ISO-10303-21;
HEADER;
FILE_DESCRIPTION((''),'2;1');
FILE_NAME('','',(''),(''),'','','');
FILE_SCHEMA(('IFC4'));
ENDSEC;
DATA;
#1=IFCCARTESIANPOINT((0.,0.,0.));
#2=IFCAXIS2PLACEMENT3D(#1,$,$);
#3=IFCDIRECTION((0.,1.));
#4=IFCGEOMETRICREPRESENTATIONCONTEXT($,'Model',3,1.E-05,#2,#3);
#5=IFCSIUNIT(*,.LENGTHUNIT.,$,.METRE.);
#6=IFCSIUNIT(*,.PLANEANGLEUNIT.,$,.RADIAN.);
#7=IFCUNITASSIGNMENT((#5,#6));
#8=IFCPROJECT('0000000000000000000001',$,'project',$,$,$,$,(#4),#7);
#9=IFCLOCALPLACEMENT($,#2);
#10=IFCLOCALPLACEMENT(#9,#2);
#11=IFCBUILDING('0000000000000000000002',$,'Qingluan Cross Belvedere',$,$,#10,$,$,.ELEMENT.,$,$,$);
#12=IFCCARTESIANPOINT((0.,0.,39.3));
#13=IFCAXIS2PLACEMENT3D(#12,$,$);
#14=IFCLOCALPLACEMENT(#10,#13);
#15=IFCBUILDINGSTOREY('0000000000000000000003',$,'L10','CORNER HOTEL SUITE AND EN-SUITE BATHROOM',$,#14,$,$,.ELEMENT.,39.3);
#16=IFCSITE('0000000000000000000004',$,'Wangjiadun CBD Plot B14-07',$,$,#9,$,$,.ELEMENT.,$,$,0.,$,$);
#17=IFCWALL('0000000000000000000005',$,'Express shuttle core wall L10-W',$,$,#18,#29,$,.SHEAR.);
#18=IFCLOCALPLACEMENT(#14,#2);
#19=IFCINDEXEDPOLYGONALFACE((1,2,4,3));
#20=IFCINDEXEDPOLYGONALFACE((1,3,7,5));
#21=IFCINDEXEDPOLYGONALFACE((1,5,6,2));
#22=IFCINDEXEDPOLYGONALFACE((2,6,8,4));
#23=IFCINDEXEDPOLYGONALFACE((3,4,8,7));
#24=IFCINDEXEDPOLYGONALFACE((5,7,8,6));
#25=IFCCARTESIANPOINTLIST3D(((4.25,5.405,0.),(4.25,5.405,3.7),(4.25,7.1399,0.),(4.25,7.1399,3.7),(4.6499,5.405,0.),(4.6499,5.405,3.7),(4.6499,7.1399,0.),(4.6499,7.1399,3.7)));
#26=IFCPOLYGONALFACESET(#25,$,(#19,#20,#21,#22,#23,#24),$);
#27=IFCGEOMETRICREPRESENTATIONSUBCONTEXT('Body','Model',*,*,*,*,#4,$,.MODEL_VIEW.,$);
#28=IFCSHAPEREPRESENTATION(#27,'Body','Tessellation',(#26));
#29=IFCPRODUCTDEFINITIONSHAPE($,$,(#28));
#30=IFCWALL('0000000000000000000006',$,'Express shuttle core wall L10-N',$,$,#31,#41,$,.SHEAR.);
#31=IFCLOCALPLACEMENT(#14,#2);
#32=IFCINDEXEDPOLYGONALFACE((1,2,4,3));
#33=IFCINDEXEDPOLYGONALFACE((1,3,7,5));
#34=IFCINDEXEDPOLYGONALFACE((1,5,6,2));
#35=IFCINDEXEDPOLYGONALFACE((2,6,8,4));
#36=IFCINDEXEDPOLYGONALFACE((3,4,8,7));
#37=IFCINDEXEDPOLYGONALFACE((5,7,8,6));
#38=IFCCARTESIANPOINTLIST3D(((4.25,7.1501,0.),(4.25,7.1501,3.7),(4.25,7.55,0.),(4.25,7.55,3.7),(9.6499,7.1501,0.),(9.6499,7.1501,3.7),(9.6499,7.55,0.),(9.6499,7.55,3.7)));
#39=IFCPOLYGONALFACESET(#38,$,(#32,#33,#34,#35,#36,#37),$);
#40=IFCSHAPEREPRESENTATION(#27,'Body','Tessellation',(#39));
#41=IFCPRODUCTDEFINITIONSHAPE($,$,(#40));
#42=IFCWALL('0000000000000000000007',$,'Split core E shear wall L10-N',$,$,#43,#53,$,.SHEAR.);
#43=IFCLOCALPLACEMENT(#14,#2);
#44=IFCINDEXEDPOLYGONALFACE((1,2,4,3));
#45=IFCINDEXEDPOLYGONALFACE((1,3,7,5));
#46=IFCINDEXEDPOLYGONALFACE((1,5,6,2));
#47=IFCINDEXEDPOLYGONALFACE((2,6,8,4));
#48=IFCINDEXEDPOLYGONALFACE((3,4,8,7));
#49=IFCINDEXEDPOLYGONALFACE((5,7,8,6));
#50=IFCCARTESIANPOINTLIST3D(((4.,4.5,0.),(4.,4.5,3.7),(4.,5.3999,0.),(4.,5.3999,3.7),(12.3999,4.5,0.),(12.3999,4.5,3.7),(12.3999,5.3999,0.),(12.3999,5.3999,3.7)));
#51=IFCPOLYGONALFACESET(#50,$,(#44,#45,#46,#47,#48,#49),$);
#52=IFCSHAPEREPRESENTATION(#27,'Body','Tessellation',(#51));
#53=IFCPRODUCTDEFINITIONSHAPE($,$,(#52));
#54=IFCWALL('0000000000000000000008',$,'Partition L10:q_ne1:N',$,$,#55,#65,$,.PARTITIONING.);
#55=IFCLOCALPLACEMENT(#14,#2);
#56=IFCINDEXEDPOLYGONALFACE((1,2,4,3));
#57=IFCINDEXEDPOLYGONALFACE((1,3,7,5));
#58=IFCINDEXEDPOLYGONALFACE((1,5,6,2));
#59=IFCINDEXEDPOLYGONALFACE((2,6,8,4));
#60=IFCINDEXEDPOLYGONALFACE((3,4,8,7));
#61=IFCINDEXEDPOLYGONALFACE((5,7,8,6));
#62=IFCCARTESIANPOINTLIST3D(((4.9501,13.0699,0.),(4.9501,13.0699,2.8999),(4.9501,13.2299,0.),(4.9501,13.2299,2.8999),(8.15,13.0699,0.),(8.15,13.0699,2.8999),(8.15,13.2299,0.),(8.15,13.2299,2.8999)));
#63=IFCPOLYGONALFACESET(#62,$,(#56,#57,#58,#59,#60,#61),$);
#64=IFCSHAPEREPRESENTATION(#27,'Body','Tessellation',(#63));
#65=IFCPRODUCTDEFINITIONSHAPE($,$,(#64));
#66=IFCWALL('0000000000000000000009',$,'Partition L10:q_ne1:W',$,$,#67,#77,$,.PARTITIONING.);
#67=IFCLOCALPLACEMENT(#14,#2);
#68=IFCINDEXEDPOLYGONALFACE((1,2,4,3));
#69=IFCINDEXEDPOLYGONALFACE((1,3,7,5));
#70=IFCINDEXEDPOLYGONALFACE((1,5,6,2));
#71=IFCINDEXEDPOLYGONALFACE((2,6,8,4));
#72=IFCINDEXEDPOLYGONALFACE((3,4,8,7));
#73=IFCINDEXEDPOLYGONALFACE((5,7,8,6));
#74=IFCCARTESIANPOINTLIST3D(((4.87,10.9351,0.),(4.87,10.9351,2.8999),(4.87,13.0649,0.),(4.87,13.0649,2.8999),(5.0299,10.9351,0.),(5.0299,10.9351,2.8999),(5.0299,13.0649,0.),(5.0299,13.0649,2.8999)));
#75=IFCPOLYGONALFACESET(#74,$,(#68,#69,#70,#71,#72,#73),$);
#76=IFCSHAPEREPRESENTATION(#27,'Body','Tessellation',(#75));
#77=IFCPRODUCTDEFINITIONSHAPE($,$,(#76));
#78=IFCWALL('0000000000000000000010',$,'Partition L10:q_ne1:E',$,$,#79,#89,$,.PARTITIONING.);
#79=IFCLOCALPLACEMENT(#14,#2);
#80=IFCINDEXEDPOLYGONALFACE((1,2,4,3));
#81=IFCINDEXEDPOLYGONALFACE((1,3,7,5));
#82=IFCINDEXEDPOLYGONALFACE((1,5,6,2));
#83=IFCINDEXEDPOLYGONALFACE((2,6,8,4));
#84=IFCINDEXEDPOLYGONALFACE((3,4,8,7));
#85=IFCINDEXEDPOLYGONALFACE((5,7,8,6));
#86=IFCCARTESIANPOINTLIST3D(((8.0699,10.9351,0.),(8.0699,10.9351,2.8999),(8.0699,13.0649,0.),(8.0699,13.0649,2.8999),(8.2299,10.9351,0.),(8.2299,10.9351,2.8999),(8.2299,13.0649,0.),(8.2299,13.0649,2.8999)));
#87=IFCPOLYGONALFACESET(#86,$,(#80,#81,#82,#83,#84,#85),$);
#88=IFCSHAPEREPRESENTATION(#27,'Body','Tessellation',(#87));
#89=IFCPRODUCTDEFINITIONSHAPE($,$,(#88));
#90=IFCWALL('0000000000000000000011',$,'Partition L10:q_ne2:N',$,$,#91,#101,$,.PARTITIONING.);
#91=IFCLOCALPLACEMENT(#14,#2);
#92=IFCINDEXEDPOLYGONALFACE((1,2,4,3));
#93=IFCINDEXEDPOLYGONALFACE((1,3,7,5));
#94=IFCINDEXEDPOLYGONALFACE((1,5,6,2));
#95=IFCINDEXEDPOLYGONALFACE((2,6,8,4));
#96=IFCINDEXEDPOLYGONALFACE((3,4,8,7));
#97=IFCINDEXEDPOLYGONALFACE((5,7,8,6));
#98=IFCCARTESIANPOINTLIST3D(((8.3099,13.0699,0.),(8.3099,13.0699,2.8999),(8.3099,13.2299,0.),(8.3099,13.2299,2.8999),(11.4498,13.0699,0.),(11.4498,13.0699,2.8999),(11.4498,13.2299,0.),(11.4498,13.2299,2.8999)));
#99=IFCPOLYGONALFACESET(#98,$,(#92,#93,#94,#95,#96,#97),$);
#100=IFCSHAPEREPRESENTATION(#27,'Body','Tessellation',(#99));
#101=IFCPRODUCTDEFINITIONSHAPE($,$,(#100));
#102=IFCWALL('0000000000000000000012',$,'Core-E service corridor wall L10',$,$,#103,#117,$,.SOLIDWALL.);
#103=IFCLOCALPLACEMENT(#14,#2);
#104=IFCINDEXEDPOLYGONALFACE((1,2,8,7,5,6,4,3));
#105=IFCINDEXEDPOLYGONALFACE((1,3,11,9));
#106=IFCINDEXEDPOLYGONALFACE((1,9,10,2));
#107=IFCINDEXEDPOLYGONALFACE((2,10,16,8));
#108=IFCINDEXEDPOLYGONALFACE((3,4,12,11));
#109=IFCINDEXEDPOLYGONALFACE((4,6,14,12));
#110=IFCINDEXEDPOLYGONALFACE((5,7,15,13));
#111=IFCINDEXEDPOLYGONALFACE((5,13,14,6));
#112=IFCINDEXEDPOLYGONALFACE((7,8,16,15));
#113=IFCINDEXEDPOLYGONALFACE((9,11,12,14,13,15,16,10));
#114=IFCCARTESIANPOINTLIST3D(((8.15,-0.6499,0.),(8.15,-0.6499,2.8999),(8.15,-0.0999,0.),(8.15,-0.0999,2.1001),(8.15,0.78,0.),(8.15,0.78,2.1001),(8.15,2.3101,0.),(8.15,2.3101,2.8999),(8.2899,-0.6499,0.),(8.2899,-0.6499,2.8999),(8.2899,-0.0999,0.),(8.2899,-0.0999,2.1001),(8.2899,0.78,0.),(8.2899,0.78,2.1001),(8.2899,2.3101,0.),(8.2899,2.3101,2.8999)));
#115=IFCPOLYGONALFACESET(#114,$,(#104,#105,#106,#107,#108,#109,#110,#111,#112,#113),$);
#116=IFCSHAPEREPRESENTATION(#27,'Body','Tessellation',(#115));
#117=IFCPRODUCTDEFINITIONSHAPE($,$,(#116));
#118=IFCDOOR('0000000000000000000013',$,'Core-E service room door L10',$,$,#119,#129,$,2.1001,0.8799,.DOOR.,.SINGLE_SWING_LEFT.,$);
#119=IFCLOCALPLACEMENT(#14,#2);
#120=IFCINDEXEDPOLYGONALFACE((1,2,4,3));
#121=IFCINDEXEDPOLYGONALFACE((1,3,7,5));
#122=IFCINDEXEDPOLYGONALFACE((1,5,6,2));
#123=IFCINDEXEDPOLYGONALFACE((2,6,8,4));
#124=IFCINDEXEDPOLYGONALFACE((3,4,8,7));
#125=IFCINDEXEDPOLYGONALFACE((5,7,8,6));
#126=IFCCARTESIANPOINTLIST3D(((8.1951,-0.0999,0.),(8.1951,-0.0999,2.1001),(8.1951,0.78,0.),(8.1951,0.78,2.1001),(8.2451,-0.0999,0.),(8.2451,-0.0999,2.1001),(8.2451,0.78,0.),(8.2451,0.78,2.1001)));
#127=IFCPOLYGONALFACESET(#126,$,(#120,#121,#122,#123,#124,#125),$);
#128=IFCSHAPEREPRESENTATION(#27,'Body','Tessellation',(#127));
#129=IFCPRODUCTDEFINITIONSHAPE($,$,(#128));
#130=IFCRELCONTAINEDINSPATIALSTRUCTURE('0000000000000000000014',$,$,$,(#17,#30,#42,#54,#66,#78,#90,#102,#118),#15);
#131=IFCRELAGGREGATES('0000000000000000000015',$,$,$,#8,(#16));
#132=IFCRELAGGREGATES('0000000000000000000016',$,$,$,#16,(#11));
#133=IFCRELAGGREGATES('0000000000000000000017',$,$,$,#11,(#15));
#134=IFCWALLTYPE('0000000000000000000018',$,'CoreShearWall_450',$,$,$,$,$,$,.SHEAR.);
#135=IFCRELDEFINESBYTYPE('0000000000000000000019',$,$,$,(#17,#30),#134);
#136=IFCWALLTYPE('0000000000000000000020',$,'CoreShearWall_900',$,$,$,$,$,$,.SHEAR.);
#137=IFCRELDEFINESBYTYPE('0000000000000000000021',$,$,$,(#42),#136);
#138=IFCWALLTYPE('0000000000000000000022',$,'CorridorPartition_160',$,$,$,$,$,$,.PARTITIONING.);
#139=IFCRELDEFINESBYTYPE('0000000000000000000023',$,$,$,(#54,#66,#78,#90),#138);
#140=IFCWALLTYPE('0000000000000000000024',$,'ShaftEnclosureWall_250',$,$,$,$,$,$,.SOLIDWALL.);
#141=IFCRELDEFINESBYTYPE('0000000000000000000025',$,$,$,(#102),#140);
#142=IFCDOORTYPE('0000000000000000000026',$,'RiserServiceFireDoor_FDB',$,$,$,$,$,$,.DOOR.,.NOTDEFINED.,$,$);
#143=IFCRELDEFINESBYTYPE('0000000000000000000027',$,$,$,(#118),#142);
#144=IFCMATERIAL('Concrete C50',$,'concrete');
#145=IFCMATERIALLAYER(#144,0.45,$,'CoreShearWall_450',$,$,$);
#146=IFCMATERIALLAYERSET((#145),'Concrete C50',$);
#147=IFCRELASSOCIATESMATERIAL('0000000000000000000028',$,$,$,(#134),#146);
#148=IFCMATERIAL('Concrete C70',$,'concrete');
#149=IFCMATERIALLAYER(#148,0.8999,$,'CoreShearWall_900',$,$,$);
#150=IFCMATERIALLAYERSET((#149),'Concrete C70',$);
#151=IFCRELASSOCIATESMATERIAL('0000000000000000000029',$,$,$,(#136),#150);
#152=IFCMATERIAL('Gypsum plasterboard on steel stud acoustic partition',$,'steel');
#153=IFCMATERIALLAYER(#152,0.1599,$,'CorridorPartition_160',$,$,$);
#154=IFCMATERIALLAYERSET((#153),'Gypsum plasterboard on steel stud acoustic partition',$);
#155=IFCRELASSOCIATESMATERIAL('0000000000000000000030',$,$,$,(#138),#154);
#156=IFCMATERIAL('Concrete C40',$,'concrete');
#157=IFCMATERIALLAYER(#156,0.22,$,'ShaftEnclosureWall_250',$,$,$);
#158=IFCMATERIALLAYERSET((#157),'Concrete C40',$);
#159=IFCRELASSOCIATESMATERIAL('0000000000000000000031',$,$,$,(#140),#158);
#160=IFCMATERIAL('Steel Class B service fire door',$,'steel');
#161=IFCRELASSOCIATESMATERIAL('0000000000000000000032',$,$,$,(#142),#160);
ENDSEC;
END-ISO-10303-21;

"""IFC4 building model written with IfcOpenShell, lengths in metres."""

from ifc_helpers import new_model, si_unit, direction, frame, frame_2d, origin, place, context, subcontext, project, spatial, rectangle, extrude, material, layer, layer_set, type_object, element, fill, save


model = new_model("IFC4")

# Units and contexts
model_context = context("Model", 3, precision=1e-05, world=origin(), true_north=direction((0.0, 1.0)))
body_context = subcontext(model_context, "Body", "Model", "MODEL_VIEW")
ifc_project = project(units=[si_unit("LENGTHUNIT", "METRE"), si_unit("PLANEANGLEUNIT", "RADIAN")], contexts=[model_context])

# Site, building, storey
site_placement = place(None, origin())
site = spatial("IfcSite", under=ifc_project, at=site_placement, Name="Wangjiadun CBD Plot B14-07", CompositionType="ELEMENT", RefElevation=0.0)
building_placement = place(site_placement, origin())
building = spatial("IfcBuilding", under=site, at=building_placement, Name="Qingluan Cross Belvedere", CompositionType="ELEMENT")
storey_placement = place(building_placement, frame((0.0, 0.0, 39.3)))
storey = spatial("IfcBuildingStorey", under=building, at=storey_placement, Name="L10", Description="CORNER HOTEL SUITE AND EN-SUITE BATHROOM", CompositionType="ELEMENT", Elevation=39.3)

# Walls
ifc_material_1 = material(Name="Concrete C50", Category="concrete")
ifc_layer_1 = layer(ifc_material_1, 0.45, Name="CoreShearWall_450")
ifc_layer_set_1 = layer_set([ifc_layer_1], Name="Concrete C50")
wall_type_1 = type_object("IfcWallType", Name="CoreShearWall_450", PredefinedType="SHEAR", material=ifc_layer_set_1)
wall_1_placement = place(storey_placement, frame((4.45, 5.405, 0.0), z_axis=(0.0, 0.0, 1.0), x_axis=(0.0, 1.0, 0.0)))
element("IfcWall", 1, at=wall_1_placement, inside=storey, type_object=wall_type_1, Name="Express shuttle core wall L10-W", PredefinedType="SHEAR", context=body_context, shape_type="SweptSolid", body=[
    extrude(rectangle(XDim=1.7349, YDim=0.3999, at=frame_2d((0.8674, 0.0))), origin(), (0.0, 0.0, 1.0), 3.7),
])
wall_2_placement = place(storey_placement, frame((4.25, 7.3501, 0.0), z_axis=(0.0, 0.0, 1.0), x_axis=(1.0, 0.0, 0.0)))
element("IfcWall", 2, at=wall_2_placement, inside=storey, type_object=wall_type_1, Name="Express shuttle core wall L10-N", PredefinedType="SHEAR", context=body_context, shape_type="SweptSolid", body=[
    extrude(rectangle(XDim=5.3999, YDim=0.3999, at=frame_2d((2.7, 0.0))), origin(), (0.0, 0.0, 1.0), 3.7),
])
ifc_material_2 = material(Name="Concrete C70", Category="concrete")
ifc_layer_2 = layer(ifc_material_2, 0.8999, Name="CoreShearWall_900")
ifc_layer_set_2 = layer_set([ifc_layer_2], Name="Concrete C70")
wall_type_2 = type_object("IfcWallType", Name="CoreShearWall_900", PredefinedType="SHEAR", material=ifc_layer_set_2)
wall_3_placement = place(storey_placement, frame((4.0, 4.95, 0.0), z_axis=(0.0, 0.0, 1.0), x_axis=(1.0, 0.0, 0.0)))
element("IfcWall", 3, at=wall_3_placement, inside=storey, type_object=wall_type_2, Name="Split core E shear wall L10-N", PredefinedType="SHEAR", context=body_context, shape_type="SweptSolid", body=[
    extrude(rectangle(XDim=8.3999, YDim=0.8999, at=frame_2d((4.2, 0.0))), origin(), (0.0, 0.0, 1.0), 3.7),
])

# Shared definitions
ifc_material_3 = material(Name="Gypsum plasterboard on steel stud acoustic partition", Category="steel")
ifc_layer_3 = layer(ifc_material_3, 0.1599, Name="CorridorPartition_160")
ifc_layer_set_3 = layer_set([ifc_layer_3], Name="Gypsum plasterboard on steel stud acoustic partition")
wall_type_3 = type_object("IfcWallType", Name="CorridorPartition_160", PredefinedType="PARTITIONING", material=ifc_layer_set_3)

# Walls
wall_4_placement = place(storey_placement, frame((4.95, 13.1499, 0.0), z_axis=(0.0, 0.0, 1.0), x_axis=(1.0, 0.0, 0.0)))
element("IfcWall", 4, at=wall_4_placement, inside=storey, type_object=wall_type_3, Name="Partition L10:q_ne1:N", PredefinedType="PARTITIONING", context=body_context, shape_type="SweptSolid", body=[
    extrude(rectangle(XDim=3.2, YDim=0.1599, at=frame_2d((1.6001, 0.0))), origin(), (0.0, 0.0, 1.0), 2.8999),
])
for number, where, z_axis, x_axis, name in (
    (5, (4.95, 10.9351, 0.0), (0.0, 0.0, 1.0), (0.0, 1.0, 0.0), "Partition L10:q_ne1:W"),
    (6, (8.1499, 10.9351, 0.0), (0.0, 0.0, 1.0), (0.0, 1.0, 0.0), "Partition L10:q_ne1:E"),
):
    element("IfcWall", number, at=place(storey_placement, frame(where, z_axis=z_axis, x_axis=x_axis)), inside=storey, type_object=wall_type_3, Name=name, PredefinedType="PARTITIONING", context=body_context, shape_type="SweptSolid", body=[
        extrude(rectangle(XDim=2.1299, YDim=0.1599, at=frame_2d((1.0649, 0.0))), origin(), (0.0, 0.0, 1.0), 2.8999),
    ])

# Wall
wall_5_placement = place(storey_placement, frame((8.3101, 13.1499, 0.0), z_axis=(0.0, 0.0, 1.0), x_axis=(1.0, 0.0, 0.0)))
element("IfcWall", 7, at=wall_5_placement, inside=storey, type_object=wall_type_3, Name="Partition L10:q_ne2:N", PredefinedType="PARTITIONING", context=body_context, shape_type="SweptSolid", body=[
    extrude(rectangle(XDim=3.1399, YDim=0.1599, at=frame_2d((1.5698, 0.0))), origin(), (0.0, 0.0, 1.0), 2.8999),
])

# Shared definitions
ifc_material_4 = material(Name="Concrete C40", Category="concrete")
ifc_layer_4 = layer(ifc_material_4, 0.22, Name="ShaftEnclosureWall_250")
ifc_layer_set_4 = layer_set([ifc_layer_4], Name="Concrete C40")
wall_type_4 = type_object("IfcWallType", Name="ShaftEnclosureWall_250", PredefinedType="SOLIDWALL", material=ifc_layer_set_4)

# Wall, opening, door
wall_6_placement = place(storey_placement, frame((8.22, -0.6499, 0.0), z_axis=(0.0, 0.0, 1.0), x_axis=(0.0, 1.0, 0.0)))
wall_6 = element("IfcWall", 8, at=wall_6_placement, inside=storey, type_object=wall_type_4, Name="Core-E service corridor wall L10", PredefinedType="SOLIDWALL", context=body_context, shape_type="SweptSolid", body=[
    extrude(rectangle(XDim=2.96, YDim=0.1399, at=frame_2d((1.48, 0.0))), origin(), (0.0, 0.0, 1.0), 2.8999),
])
opening_1_placement = place(wall_6_placement, frame((0.55, 0.0, 0.0)))
opening_1 = element("IfcOpeningElement", 9, at=opening_1_placement, cuts=wall_6, PredefinedType="OPENING", context=body_context, shape_type="SweptSolid", body=[
    extrude(rectangle(XDim=0.8799, YDim=2.1001, at=frame_2d((0.4399, 1.05))), frame((0.0, 0.0798, 0.0), z_axis=(0.0, -1.0, 0.0), x_axis=(1.0, 0.0, 0.0)), (0.0, 0.0, 1.0), 0.1599),
])
ifc_material_5 = material(Name="Steel Class B service fire door", Category="steel")
door_type_1 = type_object("IfcDoorType", Name="RiserServiceFireDoor_FDB", OperationType="NOTDEFINED", PredefinedType="DOOR", material=ifc_material_5)
door_1_placement = place(opening_1_placement, origin())
door_1 = element("IfcDoor", 10, at=door_1_placement, inside=storey, type_object=door_type_1, Name="Core-E service room door L10", OperationType="SINGLE_SWING_LEFT", OverallHeight=2.1001, OverallWidth=0.8799, PredefinedType="DOOR", context=body_context, shape_type="SweptSolid", body=[
    extrude(rectangle(XDim=0.8799, YDim=2.1001, at=frame_2d((0.4399, 1.05))), frame((0.0, 0.0249, 0.0), z_axis=(0.0, -1.0, 0.0), x_axis=(1.0, 0.0, 0.0)), (0.0, 0.0, 1.0), 0.05),
])
fill(opening_1, door_1)

save(model, "model.ifc")
